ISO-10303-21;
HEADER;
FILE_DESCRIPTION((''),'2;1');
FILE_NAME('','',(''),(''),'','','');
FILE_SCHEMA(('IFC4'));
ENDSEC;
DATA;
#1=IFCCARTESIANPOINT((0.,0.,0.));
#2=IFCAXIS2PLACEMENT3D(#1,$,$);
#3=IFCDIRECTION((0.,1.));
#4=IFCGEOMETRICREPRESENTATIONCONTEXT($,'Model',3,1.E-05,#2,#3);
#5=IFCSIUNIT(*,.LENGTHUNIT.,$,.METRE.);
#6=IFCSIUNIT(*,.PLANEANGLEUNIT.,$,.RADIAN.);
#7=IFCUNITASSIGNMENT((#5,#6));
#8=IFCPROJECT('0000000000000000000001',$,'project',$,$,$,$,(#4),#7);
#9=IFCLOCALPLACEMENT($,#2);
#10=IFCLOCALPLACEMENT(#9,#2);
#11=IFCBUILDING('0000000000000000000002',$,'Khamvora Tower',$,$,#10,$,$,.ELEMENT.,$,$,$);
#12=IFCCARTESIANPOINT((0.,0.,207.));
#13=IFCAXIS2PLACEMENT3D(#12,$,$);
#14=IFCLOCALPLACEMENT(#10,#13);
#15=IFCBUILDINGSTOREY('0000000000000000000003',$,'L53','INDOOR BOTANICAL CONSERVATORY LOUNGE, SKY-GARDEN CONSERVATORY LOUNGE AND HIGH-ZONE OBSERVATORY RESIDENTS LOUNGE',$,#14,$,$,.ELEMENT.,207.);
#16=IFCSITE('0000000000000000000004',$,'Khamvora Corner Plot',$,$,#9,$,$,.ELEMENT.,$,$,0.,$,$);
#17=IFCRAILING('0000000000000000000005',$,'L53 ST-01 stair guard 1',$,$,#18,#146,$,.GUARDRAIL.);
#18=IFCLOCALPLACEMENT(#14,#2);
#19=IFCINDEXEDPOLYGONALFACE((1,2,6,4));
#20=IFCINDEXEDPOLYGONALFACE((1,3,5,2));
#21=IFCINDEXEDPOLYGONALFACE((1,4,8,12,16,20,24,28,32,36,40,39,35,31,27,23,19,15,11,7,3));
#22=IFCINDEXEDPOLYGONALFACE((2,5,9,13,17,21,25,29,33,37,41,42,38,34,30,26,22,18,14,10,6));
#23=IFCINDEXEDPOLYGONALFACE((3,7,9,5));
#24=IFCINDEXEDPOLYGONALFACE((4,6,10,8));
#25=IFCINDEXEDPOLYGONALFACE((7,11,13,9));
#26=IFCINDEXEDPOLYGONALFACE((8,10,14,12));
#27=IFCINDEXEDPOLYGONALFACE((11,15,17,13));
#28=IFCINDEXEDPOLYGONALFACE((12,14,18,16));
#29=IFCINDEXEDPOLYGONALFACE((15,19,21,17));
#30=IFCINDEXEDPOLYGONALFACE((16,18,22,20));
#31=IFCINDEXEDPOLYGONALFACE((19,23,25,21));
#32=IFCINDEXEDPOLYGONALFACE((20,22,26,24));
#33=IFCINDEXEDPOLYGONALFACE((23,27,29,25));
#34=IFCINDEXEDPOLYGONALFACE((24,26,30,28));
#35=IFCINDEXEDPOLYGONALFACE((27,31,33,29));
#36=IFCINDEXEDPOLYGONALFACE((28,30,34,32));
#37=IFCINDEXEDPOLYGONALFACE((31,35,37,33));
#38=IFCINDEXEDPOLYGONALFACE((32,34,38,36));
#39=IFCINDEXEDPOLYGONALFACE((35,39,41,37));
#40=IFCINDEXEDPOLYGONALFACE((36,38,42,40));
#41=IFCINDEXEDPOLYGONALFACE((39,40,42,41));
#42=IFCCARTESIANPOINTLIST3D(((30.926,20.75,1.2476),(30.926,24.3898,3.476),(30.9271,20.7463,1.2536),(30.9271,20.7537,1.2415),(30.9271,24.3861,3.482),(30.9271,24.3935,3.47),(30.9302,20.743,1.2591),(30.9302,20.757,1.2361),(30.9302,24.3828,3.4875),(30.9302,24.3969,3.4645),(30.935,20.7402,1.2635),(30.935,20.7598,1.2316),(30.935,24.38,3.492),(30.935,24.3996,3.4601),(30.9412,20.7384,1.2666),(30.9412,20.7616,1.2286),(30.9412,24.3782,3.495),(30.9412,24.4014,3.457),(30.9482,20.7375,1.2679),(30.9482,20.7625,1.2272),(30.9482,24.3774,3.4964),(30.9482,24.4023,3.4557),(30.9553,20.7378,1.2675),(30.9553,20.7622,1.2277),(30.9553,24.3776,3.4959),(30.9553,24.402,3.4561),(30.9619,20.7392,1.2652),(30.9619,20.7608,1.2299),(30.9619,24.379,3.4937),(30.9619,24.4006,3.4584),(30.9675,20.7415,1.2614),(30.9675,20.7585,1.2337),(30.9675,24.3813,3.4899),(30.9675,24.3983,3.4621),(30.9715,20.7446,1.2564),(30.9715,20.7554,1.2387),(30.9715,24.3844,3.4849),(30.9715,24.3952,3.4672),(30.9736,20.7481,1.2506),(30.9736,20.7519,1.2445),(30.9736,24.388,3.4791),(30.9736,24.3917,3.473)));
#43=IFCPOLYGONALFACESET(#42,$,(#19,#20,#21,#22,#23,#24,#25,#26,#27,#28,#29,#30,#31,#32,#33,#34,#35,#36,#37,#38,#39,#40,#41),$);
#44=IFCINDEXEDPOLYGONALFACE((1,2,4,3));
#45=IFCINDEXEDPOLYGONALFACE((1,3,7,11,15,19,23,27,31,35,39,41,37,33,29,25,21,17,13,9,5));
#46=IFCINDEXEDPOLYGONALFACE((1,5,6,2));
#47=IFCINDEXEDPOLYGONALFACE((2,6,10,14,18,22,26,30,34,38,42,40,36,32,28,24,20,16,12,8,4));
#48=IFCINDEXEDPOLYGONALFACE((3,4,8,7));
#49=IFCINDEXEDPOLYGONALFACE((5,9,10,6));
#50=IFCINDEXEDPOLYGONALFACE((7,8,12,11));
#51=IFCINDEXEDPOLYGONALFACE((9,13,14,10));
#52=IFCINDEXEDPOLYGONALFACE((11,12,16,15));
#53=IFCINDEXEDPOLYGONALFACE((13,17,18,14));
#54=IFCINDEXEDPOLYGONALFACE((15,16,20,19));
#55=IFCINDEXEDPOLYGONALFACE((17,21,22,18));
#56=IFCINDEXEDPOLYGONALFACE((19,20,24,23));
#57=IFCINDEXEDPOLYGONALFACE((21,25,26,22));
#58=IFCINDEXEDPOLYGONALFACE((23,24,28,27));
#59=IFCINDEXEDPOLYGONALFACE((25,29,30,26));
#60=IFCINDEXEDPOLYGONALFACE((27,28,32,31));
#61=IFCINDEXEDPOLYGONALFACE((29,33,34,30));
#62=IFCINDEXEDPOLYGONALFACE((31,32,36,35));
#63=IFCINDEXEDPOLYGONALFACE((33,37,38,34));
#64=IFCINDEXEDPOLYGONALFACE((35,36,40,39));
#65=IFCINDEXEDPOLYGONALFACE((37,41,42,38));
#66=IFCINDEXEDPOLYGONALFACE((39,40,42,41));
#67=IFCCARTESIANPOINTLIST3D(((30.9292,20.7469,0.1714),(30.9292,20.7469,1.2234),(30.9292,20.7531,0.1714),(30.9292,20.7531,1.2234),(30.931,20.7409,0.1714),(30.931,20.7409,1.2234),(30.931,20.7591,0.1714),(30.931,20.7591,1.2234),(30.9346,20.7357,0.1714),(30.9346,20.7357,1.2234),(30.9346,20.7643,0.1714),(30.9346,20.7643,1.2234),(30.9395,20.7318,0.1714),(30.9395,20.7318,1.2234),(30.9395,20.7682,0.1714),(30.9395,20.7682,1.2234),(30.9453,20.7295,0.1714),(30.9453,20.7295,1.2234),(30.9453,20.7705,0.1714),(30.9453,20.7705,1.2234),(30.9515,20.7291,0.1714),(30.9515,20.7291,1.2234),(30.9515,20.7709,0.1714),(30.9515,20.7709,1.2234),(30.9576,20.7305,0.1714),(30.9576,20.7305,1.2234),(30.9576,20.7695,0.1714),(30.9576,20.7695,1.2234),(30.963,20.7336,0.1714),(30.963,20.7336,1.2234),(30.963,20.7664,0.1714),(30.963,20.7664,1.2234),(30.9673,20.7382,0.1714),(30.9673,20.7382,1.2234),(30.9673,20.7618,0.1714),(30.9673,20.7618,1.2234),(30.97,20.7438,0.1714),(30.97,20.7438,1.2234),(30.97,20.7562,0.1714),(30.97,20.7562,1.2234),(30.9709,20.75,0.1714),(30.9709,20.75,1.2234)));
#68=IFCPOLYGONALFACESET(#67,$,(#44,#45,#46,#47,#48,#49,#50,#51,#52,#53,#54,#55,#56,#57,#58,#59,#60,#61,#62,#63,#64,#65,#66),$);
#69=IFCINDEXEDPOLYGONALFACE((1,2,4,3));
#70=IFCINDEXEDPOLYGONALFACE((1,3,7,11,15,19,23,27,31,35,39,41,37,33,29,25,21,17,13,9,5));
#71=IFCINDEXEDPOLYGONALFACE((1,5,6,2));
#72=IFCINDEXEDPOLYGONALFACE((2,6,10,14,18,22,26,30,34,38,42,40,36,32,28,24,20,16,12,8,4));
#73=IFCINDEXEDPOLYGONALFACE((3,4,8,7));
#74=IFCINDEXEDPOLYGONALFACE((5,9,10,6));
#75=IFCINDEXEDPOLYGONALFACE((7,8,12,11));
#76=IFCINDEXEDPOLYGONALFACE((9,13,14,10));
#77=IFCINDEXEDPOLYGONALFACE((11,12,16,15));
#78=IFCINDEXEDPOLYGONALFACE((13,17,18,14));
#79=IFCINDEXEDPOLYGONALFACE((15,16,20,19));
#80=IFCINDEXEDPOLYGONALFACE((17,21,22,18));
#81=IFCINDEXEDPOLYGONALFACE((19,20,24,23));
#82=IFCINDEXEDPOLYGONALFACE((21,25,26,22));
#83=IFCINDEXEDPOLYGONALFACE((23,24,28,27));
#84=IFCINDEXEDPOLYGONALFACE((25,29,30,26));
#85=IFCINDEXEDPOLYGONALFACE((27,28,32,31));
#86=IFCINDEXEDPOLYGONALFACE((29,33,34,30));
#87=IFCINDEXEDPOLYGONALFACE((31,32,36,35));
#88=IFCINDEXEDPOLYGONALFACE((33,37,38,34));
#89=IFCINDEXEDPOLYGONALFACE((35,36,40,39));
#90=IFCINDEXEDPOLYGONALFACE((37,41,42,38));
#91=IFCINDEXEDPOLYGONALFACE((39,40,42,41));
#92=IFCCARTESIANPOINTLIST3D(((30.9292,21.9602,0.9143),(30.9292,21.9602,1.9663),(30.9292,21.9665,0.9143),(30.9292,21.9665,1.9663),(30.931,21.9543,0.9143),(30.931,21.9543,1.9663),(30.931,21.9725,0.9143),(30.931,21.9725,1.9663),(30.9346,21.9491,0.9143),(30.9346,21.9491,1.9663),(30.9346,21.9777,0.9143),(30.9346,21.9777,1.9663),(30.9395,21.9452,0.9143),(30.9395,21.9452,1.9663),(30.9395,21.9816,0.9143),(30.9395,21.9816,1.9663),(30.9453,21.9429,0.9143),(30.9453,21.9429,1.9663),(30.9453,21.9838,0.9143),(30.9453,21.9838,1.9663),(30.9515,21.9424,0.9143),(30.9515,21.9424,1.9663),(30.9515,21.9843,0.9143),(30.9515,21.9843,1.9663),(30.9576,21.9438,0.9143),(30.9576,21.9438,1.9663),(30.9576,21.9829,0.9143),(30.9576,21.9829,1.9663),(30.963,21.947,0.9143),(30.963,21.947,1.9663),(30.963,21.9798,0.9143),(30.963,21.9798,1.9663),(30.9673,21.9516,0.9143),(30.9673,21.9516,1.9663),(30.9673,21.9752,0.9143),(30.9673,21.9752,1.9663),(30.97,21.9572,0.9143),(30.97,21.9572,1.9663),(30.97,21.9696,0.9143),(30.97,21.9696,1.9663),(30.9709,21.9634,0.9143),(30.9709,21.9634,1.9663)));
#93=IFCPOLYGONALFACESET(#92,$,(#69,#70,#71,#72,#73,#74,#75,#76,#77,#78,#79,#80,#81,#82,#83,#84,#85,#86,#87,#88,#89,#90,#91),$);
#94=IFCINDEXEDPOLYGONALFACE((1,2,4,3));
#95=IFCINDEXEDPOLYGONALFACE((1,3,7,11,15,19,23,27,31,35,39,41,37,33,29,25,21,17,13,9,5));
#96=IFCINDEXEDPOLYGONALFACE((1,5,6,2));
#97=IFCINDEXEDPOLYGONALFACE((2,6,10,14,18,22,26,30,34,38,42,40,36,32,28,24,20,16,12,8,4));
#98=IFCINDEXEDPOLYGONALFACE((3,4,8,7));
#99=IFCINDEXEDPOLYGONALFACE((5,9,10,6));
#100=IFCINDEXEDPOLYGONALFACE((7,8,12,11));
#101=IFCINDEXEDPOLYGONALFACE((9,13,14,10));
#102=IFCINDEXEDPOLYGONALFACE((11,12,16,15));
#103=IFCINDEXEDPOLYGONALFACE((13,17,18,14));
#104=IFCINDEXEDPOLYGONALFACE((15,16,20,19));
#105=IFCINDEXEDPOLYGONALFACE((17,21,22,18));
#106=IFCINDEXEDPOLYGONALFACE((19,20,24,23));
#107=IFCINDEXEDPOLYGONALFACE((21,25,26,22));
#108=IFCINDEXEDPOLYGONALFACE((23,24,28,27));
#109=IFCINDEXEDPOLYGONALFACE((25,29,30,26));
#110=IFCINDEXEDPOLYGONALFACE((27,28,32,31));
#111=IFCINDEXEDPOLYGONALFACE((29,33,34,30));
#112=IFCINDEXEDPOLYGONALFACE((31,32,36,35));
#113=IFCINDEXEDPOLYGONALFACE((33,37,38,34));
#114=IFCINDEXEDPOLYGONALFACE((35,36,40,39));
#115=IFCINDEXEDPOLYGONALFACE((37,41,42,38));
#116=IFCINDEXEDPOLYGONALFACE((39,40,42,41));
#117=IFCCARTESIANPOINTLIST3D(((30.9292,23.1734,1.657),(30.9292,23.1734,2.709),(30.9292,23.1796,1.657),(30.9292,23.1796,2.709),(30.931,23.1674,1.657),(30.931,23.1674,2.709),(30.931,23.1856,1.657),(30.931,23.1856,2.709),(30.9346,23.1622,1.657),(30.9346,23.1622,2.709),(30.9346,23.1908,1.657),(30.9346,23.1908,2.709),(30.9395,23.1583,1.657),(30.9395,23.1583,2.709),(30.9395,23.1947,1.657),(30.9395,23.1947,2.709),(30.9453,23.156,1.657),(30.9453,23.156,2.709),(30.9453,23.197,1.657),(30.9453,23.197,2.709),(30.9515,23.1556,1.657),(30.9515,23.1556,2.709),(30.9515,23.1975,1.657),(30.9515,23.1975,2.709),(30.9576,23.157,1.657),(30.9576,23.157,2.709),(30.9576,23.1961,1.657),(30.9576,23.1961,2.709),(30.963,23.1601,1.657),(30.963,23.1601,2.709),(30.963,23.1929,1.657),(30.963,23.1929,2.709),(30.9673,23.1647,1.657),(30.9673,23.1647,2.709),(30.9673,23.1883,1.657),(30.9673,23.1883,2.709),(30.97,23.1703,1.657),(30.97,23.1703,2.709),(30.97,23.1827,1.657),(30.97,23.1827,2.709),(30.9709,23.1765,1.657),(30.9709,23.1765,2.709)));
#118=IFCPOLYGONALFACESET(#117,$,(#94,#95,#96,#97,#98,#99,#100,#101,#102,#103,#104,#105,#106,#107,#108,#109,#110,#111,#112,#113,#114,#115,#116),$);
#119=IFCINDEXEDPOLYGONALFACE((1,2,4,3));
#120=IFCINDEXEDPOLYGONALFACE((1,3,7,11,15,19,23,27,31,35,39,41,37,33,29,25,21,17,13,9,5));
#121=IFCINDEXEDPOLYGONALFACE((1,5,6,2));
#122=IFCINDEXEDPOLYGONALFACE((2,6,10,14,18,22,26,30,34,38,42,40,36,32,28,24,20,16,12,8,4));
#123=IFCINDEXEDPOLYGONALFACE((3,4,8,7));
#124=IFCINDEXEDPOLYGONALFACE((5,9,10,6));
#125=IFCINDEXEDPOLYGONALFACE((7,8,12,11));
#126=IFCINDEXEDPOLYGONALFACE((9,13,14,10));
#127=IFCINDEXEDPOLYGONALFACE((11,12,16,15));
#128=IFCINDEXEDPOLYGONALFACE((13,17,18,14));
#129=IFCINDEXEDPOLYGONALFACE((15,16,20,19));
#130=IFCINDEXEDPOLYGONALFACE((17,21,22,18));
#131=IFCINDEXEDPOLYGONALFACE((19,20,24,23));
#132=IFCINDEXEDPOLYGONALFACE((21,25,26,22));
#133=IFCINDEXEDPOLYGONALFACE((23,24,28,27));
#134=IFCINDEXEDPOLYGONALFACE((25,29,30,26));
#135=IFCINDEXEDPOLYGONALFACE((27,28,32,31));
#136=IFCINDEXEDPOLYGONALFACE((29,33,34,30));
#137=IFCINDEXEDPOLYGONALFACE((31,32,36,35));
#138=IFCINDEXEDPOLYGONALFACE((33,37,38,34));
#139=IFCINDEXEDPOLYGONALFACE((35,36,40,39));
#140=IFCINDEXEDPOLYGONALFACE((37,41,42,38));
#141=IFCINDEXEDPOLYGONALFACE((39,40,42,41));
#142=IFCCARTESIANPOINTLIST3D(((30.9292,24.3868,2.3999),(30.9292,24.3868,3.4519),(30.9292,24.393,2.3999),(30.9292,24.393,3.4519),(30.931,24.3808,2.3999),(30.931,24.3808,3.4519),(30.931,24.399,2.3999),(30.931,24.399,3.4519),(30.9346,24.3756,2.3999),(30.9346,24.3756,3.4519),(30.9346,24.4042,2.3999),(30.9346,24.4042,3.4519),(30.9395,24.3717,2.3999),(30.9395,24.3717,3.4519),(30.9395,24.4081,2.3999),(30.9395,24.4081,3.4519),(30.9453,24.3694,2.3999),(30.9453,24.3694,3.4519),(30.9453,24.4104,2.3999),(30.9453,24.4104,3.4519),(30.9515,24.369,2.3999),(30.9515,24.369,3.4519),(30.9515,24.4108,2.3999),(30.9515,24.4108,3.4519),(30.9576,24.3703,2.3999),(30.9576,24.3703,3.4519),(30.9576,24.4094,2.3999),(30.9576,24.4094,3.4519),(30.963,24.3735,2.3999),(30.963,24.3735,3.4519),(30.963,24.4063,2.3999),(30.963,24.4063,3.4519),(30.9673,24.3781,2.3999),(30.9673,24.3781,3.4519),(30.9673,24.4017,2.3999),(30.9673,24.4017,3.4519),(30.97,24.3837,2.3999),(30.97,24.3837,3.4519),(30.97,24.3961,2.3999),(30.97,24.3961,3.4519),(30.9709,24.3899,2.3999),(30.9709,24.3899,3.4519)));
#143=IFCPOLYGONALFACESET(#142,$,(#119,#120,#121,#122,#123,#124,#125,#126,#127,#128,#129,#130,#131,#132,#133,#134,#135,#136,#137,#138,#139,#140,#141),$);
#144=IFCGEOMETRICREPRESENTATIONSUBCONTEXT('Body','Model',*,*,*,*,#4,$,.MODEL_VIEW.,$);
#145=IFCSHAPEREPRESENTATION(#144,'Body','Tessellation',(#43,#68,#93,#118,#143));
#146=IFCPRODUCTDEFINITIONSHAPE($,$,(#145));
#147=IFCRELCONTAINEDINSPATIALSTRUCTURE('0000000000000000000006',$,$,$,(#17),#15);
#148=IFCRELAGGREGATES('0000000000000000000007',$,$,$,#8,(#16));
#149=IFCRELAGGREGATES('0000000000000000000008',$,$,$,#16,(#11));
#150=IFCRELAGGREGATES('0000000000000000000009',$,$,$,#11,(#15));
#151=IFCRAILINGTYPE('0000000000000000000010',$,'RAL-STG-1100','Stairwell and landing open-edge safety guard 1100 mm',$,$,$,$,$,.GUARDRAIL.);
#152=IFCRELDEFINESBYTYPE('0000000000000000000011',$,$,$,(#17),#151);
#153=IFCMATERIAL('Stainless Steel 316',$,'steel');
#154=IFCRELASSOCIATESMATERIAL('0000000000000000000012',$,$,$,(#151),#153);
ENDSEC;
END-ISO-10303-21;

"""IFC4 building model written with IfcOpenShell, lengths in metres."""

from ifc_helpers import new_model, si_unit, direction, frame, origin, origin_2d, place, context, subcontext, project, spatial, circle, extrude, material, type_object, element, save


model = new_model("IFC4")

# Units and contexts
model_context = context("Model", 3, precision=1e-05, world=origin(), true_north=direction((0.0, 1.0)))
body_context = subcontext(model_context, "Body", "Model", "MODEL_VIEW")
ifc_project = project(units=[si_unit("LENGTHUNIT", "METRE"), si_unit("PLANEANGLEUNIT", "RADIAN")], contexts=[model_context])

# Site, building, storey
site_placement = place(None, origin())
site = spatial("IfcSite", under=ifc_project, at=site_placement, Name="Khamvora Corner Plot", CompositionType="ELEMENT", RefElevation=0.0)
building_placement = place(site_placement, origin())
building = spatial("IfcBuilding", under=site, at=building_placement, Name="Khamvora Tower", CompositionType="ELEMENT")
storey_placement = place(building_placement, frame((0.0, 0.0, 207.0)))
storey = spatial("IfcBuildingStorey", under=building, at=storey_placement, Name="L53", Description="INDOOR BOTANICAL CONSERVATORY LOUNGE, SKY-GARDEN CONSERVATORY LOUNGE AND HIGH-ZONE OBSERVATORY RESIDENTS LOUNGE", CompositionType="ELEMENT", Elevation=207.0)

# Railing
ifc_material_1 = material(Name="Stainless Steel 316", Category="steel")
railing_type = type_object("IfcRailingType", Name="RAL-STG-1100", Description="Stairwell and landing open-edge safety guard 1100 mm", PredefinedType="GUARDRAIL", material=ifc_material_1)
railing_1_placement = place(storey_placement, frame((30.95, 20.75, 0.1714)))
element("IfcRailing", 1, at=railing_1_placement, inside=storey, type_object=railing_type, Name="L53 ST-01 stair guard 1", PredefinedType="GUARDRAIL", context=body_context, shape_type="SweptSolid", body=[
    extrude(circle(Radius=0.0239, at=origin_2d()), frame((0.0, 0.0, 1.0762), z_axis=(0.0, 0.85285, 0.522156), x_axis=(-1.0, 0.0, 0.0)), (0.0, 0.0, 1.0), 4.2678),
    extrude(circle(Radius=0.021, at=origin_2d()), origin(), (0.0, 0.0, 1.0), 1.052),
    extrude(circle(Radius=0.021, at=origin_2d()), frame((0.0, 1.2134, 0.7429)), (0.0, 0.0, 1.0), 1.052),
    extrude(circle(Radius=0.021, at=origin_2d()), frame((0.0, 2.4265, 1.4856)), (0.0, 0.0, 1.0), 1.052),
    extrude(circle(Radius=0.021, at=origin_2d()), frame((0.0, 3.6399, 2.2285)), (0.0, 0.0, 1.0), 1.052),
])

save(model, "model.ifc")
